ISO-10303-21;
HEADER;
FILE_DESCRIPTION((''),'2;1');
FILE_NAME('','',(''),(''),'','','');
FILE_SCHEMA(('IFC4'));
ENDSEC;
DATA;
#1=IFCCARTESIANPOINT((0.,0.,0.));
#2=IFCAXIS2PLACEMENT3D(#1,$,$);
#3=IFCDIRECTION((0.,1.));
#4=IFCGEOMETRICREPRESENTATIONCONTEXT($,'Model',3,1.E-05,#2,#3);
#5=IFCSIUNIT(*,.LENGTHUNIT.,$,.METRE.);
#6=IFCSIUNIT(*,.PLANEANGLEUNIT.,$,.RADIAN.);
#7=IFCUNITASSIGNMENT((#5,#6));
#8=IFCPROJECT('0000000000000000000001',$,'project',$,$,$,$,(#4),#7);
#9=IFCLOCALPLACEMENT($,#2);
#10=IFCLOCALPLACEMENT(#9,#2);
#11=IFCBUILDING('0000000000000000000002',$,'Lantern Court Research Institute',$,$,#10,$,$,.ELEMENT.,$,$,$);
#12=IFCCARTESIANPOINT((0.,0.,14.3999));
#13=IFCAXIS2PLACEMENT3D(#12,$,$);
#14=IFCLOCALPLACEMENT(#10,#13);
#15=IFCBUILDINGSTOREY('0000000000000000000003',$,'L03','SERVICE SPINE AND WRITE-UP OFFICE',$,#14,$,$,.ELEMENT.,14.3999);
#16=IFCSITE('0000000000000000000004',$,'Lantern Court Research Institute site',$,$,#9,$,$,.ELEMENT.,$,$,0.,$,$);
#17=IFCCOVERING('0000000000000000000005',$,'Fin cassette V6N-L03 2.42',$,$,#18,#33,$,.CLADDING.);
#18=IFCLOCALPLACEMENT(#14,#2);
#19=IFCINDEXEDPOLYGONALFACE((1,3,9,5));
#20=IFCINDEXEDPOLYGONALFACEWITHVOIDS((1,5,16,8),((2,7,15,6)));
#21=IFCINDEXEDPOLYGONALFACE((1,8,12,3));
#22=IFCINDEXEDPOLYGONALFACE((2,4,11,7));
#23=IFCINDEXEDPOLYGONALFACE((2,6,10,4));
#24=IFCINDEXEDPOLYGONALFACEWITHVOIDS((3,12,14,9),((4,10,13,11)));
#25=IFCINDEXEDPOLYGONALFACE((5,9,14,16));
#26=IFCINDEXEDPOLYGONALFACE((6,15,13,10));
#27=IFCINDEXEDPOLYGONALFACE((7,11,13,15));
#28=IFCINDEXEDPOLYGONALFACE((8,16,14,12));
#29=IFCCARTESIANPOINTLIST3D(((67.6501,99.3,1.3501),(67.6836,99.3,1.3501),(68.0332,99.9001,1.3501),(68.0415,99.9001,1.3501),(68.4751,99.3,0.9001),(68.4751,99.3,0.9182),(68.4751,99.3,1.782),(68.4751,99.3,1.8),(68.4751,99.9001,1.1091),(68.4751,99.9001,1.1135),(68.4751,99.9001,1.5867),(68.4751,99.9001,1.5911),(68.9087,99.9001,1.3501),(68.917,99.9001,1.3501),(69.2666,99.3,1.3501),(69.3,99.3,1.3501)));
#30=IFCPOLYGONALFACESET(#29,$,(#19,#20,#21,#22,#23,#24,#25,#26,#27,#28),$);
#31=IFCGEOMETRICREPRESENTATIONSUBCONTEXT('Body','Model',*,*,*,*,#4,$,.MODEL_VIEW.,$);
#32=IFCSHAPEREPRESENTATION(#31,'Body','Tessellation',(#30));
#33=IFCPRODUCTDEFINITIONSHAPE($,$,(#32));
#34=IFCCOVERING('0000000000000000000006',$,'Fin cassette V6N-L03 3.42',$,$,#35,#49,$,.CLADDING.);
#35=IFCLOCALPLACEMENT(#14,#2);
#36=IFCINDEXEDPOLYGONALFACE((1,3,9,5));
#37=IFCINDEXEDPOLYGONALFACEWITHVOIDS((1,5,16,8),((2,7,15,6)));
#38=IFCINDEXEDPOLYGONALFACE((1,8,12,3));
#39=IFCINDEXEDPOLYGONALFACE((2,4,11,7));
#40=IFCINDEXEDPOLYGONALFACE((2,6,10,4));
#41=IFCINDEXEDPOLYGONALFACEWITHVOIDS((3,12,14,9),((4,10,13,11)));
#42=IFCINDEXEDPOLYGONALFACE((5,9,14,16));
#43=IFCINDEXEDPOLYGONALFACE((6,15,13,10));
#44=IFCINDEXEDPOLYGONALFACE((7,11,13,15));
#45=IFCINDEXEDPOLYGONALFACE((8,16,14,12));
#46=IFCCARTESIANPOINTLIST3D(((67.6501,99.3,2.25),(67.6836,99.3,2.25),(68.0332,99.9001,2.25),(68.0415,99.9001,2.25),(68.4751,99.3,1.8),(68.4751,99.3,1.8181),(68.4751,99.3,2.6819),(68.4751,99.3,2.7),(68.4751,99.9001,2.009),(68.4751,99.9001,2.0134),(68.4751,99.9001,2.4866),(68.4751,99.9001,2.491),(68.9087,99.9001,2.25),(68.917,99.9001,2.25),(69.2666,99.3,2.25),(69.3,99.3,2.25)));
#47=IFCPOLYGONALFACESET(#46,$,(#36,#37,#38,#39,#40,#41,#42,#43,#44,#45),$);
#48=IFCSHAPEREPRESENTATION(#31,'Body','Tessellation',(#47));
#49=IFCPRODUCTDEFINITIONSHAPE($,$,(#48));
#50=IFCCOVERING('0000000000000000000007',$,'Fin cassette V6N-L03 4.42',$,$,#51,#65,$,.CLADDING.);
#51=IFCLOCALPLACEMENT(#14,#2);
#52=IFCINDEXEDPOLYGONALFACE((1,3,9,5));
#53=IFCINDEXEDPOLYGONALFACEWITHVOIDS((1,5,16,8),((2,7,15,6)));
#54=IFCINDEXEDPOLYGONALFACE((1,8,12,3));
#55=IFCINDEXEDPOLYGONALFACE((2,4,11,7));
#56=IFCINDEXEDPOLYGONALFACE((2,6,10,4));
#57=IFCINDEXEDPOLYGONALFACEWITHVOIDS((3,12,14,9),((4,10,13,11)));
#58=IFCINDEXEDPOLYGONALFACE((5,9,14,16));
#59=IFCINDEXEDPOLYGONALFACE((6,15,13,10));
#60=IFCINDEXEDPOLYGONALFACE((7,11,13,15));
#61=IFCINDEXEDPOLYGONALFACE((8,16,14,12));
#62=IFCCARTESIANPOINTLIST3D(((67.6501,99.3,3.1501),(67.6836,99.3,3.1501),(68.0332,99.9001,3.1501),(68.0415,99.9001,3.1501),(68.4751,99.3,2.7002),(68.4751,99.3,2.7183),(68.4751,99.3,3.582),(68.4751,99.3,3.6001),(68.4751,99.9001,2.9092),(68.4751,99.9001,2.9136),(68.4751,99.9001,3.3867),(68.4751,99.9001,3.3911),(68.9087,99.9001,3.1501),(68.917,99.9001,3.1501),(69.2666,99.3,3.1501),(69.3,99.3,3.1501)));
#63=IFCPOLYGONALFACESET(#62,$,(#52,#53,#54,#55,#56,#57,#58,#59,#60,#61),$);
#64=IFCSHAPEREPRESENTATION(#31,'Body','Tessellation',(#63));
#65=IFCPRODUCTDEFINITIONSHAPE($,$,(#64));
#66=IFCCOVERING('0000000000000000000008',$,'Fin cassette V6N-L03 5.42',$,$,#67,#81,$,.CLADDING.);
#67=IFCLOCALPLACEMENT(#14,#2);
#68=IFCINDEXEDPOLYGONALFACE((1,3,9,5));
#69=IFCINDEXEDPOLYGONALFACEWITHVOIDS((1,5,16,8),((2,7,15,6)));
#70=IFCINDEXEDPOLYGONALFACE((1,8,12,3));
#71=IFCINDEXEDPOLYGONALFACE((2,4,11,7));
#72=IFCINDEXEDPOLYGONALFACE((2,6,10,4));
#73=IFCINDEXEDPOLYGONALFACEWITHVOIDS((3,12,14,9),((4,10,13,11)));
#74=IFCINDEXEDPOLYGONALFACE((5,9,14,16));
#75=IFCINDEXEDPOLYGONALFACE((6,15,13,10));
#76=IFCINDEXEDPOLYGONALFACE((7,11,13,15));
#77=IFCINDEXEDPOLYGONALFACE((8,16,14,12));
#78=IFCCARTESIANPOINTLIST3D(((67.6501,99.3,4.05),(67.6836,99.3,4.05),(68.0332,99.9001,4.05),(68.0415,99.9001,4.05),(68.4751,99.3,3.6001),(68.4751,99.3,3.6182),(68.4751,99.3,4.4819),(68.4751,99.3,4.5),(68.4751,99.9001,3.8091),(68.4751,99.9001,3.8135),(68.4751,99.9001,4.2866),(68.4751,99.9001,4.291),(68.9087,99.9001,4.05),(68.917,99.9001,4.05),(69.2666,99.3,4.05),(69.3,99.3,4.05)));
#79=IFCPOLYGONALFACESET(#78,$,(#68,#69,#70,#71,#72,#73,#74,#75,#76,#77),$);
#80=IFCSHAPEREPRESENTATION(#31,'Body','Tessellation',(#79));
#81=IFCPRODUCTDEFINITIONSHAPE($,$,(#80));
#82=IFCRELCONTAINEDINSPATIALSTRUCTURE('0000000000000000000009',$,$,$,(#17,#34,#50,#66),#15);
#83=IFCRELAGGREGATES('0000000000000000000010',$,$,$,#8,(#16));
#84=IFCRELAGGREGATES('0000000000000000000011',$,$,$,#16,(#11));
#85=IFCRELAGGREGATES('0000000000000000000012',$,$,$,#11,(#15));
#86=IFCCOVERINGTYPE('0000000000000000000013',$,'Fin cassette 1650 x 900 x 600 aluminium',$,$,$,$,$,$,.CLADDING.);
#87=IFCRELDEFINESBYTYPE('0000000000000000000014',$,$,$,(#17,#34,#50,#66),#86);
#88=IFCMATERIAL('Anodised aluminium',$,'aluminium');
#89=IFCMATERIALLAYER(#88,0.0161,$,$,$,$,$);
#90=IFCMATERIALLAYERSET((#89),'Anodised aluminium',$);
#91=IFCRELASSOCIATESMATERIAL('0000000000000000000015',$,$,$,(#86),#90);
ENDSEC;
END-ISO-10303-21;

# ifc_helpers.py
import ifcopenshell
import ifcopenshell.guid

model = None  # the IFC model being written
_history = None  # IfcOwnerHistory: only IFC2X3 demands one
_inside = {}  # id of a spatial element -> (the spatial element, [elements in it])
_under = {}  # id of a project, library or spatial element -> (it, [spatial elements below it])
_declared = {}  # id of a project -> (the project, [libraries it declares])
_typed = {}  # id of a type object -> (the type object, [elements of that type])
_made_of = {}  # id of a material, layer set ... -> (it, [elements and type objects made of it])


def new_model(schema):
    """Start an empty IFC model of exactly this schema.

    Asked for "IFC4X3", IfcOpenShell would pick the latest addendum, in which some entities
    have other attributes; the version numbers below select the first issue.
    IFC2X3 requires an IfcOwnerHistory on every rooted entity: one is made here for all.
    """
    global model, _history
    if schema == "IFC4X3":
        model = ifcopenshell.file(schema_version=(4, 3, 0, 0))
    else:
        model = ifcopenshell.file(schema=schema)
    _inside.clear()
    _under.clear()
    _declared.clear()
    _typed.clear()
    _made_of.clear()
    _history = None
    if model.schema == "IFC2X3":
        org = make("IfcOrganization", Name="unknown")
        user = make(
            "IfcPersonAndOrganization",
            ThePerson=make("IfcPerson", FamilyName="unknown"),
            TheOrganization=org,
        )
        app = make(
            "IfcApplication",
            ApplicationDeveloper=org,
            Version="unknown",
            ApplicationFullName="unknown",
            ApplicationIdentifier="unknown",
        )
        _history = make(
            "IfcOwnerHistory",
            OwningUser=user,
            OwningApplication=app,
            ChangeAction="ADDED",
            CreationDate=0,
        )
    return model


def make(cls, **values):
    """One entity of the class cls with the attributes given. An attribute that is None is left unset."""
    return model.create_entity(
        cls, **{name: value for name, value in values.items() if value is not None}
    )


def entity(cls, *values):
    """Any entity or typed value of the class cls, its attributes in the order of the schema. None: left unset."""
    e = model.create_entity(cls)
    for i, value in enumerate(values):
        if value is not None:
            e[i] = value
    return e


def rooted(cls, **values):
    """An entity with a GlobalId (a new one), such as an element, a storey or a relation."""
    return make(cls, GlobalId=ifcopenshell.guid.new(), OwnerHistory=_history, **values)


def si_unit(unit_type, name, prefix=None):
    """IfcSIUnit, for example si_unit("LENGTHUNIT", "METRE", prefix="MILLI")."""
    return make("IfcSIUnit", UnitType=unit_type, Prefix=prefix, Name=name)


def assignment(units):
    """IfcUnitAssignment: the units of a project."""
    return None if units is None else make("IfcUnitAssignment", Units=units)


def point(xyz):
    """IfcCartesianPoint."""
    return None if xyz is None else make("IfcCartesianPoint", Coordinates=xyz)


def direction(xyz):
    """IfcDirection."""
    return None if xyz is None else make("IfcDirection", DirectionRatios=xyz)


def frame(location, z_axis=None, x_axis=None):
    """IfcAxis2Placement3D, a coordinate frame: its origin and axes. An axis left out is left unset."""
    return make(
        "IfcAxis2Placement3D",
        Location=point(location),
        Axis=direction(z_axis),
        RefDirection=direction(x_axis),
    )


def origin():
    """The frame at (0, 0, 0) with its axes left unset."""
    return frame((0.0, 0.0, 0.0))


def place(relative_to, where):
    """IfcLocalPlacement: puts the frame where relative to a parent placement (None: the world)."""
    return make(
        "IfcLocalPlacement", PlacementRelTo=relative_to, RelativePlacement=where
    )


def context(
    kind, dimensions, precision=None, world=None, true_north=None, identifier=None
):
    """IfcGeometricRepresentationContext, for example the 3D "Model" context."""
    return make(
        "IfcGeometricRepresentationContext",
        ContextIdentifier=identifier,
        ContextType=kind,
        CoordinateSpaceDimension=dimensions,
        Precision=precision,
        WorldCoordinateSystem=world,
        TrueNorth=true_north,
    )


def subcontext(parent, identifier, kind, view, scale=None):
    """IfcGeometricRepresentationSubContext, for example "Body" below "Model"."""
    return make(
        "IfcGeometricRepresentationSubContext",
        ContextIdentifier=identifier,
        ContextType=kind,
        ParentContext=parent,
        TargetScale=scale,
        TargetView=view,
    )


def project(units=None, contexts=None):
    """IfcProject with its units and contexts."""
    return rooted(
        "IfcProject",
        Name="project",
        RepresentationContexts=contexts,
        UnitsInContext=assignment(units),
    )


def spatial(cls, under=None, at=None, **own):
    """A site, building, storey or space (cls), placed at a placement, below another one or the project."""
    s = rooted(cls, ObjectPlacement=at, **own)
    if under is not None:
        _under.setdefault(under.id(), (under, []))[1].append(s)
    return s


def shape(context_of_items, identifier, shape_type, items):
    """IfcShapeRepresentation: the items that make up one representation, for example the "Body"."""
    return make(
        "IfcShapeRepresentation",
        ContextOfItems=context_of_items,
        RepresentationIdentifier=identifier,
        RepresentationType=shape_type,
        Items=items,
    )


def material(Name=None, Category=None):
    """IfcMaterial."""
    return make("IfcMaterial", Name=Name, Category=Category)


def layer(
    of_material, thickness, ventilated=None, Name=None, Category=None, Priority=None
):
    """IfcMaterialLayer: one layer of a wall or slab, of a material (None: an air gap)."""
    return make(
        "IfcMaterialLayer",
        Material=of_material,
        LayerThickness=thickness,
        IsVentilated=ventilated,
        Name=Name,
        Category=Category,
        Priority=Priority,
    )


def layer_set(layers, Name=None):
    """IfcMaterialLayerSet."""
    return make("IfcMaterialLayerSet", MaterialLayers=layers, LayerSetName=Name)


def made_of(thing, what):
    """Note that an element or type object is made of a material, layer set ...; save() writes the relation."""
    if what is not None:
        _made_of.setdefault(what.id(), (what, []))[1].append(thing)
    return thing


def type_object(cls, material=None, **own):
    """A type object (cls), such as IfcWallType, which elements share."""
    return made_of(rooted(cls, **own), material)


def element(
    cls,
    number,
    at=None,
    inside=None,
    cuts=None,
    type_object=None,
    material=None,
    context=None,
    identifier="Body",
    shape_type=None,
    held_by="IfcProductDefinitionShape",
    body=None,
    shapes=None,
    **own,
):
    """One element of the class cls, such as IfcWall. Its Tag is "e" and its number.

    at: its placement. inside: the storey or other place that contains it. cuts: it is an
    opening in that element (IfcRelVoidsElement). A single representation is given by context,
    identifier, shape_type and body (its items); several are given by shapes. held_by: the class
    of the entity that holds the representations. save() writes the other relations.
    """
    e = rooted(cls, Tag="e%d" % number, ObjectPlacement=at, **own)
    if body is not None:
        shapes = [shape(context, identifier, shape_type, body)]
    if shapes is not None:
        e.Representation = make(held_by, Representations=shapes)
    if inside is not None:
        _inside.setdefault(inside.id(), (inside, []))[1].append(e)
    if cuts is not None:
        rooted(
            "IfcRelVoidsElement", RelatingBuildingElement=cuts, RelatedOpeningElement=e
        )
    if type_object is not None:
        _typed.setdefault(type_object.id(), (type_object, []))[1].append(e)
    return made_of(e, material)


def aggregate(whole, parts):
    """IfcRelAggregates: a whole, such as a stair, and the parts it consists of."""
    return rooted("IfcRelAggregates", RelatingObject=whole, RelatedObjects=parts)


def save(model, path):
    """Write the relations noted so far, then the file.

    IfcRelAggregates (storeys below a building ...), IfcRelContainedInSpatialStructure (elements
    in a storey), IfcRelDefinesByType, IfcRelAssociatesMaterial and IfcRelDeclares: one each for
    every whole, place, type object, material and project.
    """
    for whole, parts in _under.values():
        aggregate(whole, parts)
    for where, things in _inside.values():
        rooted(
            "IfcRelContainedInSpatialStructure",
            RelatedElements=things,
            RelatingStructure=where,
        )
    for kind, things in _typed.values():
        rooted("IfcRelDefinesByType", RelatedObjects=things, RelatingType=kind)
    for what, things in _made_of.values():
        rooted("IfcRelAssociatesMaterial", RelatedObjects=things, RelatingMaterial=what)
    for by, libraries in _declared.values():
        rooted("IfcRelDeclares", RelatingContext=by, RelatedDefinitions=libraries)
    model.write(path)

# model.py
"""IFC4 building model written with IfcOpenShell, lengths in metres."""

from ifc_helpers import new_model, entity, si_unit, direction, frame, origin, place, context, subcontext, project, spatial, material, layer, layer_set, type_object, element, save


model = new_model("IFC4")

# Units and contexts
model_context = context("Model", 3, precision=1e-05, world=origin(), true_north=direction((0.0, 1.0)))
body_context = subcontext(model_context, "Body", "Model", "MODEL_VIEW")
ifc_project = project(units=[si_unit("LENGTHUNIT", "METRE"), si_unit("PLANEANGLEUNIT", "RADIAN")], contexts=[model_context])

# Site, building, storey
site_placement = place(None, origin())
site = spatial("IfcSite", under=ifc_project, at=site_placement, Name="Lantern Court Research Institute site", CompositionType="ELEMENT", RefElevation=0.0)
building_placement = place(site_placement, origin())
building = spatial("IfcBuilding", under=site, at=building_placement, Name="Lantern Court Research Institute", CompositionType="ELEMENT")
storey_placement = place(building_placement, frame((0.0, 0.0, 14.3999)))
storey = spatial("IfcBuildingStorey", under=building, at=storey_placement, Name="L03", Description="SERVICE SPINE AND WRITE-UP OFFICE", CompositionType="ELEMENT", Elevation=14.3999)

# Coverings
ifc_material_1 = material(Name="Anodised aluminium", Category="aluminium")
ifc_layer_1 = layer(ifc_material_1, 0.0161)
ifc_layer_set_1 = layer_set([ifc_layer_1], Name="Anodised aluminium")
covering_type_1 = type_object("IfcCoveringType", Name="Fin cassette 1650 x 900 x 600 aluminium", PredefinedType="CLADDING", material=ifc_layer_set_1)
covering_1_placement = place(storey_placement, frame((68.4751, 99.3, 1.3501), z_axis=(0.0, 1.0, 0.0), x_axis=(-1.0, 0.0, 0.0)))
cartesian_point_1 = entity("IfcCartesianPoint", [0.825, 0.0])
cartesian_point_2 = entity("IfcCartesianPoint", [0.7915, 0.0])
cartesian_point_3 = entity("IfcCartesianPoint", [0.4419, 0.0])
cartesian_point_4 = entity("IfcCartesianPoint", [0.4336, 0.0])
element("IfcCovering", 1, at=covering_1_placement, inside=storey, type_object=covering_type_1, Name="Fin cassette V6N-L03 2.42", PredefinedType="CLADDING", context=body_context, shape_type="SweptSolid", body=[
    entity("IfcExtrudedAreaSolidTapered", entity("IfcArbitraryProfileDefWithVoids", "AREA", None, entity("IfcPolyline", [cartesian_point_1, entity("IfcCartesianPoint", [0.0, 0.45]), entity("IfcCartesianPoint", [-0.825, 0.0]), entity("IfcCartesianPoint", [0.0, -0.45]), cartesian_point_1]), [entity("IfcPolyline", [cartesian_point_2, entity("IfcCartesianPoint", [0.0, 0.4319]), entity("IfcCartesianPoint", [-0.7915, 0.0]), entity("IfcCartesianPoint", [0.0, -0.4319]), cartesian_point_2])]), entity("IfcAxis2Placement3D", entity("IfcCartesianPoint", [0.0, 0.0, 0.0])), entity("IfcDirection", [0.0, 0.0, 1.0]), 0.6001, entity("IfcArbitraryProfileDefWithVoids", "AREA", None, entity("IfcPolyline", [cartesian_point_3, entity("IfcCartesianPoint", [0.0, 0.241]), entity("IfcCartesianPoint", [-0.4419, 0.0]), entity("IfcCartesianPoint", [0.0, -0.241]), cartesian_point_3]), [entity("IfcPolyline", [cartesian_point_4, entity("IfcCartesianPoint", [0.0, 0.2366]), entity("IfcCartesianPoint", [-0.4336, 0.0]), entity("IfcCartesianPoint", [0.0, -0.2366]), cartesian_point_4])])),
])
covering_2_placement = place(storey_placement, frame((68.4751, 99.3, 2.25), z_axis=(0.0, 1.0, 0.0), x_axis=(-1.0, 0.0, 0.0)))
cartesian_point_5 = entity("IfcCartesianPoint", [0.825, 0.0])
cartesian_point_6 = entity("IfcCartesianPoint", [0.7915, 0.0])
cartesian_point_7 = entity("IfcCartesianPoint", [0.4419, 0.0])
cartesian_point_8 = entity("IfcCartesianPoint", [0.4336, 0.0])
element("IfcCovering", 2, at=covering_2_placement, inside=storey, type_object=covering_type_1, Name="Fin cassette V6N-L03 3.42", PredefinedType="CLADDING", context=body_context, shape_type="SweptSolid", body=[
    entity("IfcExtrudedAreaSolidTapered", entity("IfcArbitraryProfileDefWithVoids", "AREA", None, entity("IfcPolyline", [cartesian_point_5, entity("IfcCartesianPoint", [0.0, 0.45]), entity("IfcCartesianPoint", [-0.825, 0.0]), entity("IfcCartesianPoint", [0.0, -0.45]), cartesian_point_5]), [entity("IfcPolyline", [cartesian_point_6, entity("IfcCartesianPoint", [0.0, 0.4319]), entity("IfcCartesianPoint", [-0.7915, 0.0]), entity("IfcCartesianPoint", [0.0, -0.4319]), cartesian_point_6])]), entity("IfcAxis2Placement3D", entity("IfcCartesianPoint", [0.0, 0.0, 0.0])), entity("IfcDirection", [0.0, 0.0, 1.0]), 0.6001, entity("IfcArbitraryProfileDefWithVoids", "AREA", None, entity("IfcPolyline", [cartesian_point_7, entity("IfcCartesianPoint", [0.0, 0.241]), entity("IfcCartesianPoint", [-0.4419, 0.0]), entity("IfcCartesianPoint", [0.0, -0.241]), cartesian_point_7]), [entity("IfcPolyline", [cartesian_point_8, entity("IfcCartesianPoint", [0.0, 0.2366]), entity("IfcCartesianPoint", [-0.4336, 0.0]), entity("IfcCartesianPoint", [0.0, -0.2366]), cartesian_point_8])])),
])
covering_3_placement = place(storey_placement, frame((68.4751, 99.3, 3.1501), z_axis=(0.0, 1.0, 0.0), x_axis=(-1.0, 0.0, 0.0)))
cartesian_point_9 = entity("IfcCartesianPoint", [0.825, 0.0])
cartesian_point_10 = entity("IfcCartesianPoint", [0.7915, 0.0])
cartesian_point_11 = entity("IfcCartesianPoint", [0.4419, 0.0])
cartesian_point_12 = entity("IfcCartesianPoint", [0.4336, 0.0])
element("IfcCovering", 3, at=covering_3_placement, inside=storey, type_object=covering_type_1, Name="Fin cassette V6N-L03 4.42", PredefinedType="CLADDING", context=body_context, shape_type="SweptSolid", body=[
    entity("IfcExtrudedAreaSolidTapered", entity("IfcArbitraryProfileDefWithVoids", "AREA", None, entity("IfcPolyline", [cartesian_point_9, entity("IfcCartesianPoint", [0.0, 0.45]), entity("IfcCartesianPoint", [-0.825, 0.0]), entity("IfcCartesianPoint", [0.0, -0.45]), cartesian_point_9]), [entity("IfcPolyline", [cartesian_point_10, entity("IfcCartesianPoint", [0.0, 0.4319]), entity("IfcCartesianPoint", [-0.7915, 0.0]), entity("IfcCartesianPoint", [0.0, -0.4319]), cartesian_point_10])]), entity("IfcAxis2Placement3D", entity("IfcCartesianPoint", [0.0, 0.0, 0.0])), entity("IfcDirection", [0.0, 0.0, 1.0]), 0.6001, entity("IfcArbitraryProfileDefWithVoids", "AREA", None, entity("IfcPolyline", [cartesian_point_11, entity("IfcCartesianPoint", [0.0, 0.241]), entity("IfcCartesianPoint", [-0.4419, 0.0]), entity("IfcCartesianPoint", [0.0, -0.241]), cartesian_point_11]), [entity("IfcPolyline", [cartesian_point_12, entity("IfcCartesianPoint", [0.0, 0.2366]), entity("IfcCartesianPoint", [-0.4336, 0.0]), entity("IfcCartesianPoint", [0.0, -0.2366]), cartesian_point_12])])),
])
covering_4_placement = place(storey_placement, frame((68.4751, 99.3, 4.05), z_axis=(0.0, 1.0, 0.0), x_axis=(-1.0, 0.0, 0.0)))
cartesian_point_13 = entity("IfcCartesianPoint", [0.825, 0.0])
cartesian_point_14 = entity("IfcCartesianPoint", [0.7915, 0.0])
cartesian_point_15 = entity("IfcCartesianPoint", [0.4419, 0.0])
cartesian_point_16 = entity("IfcCartesianPoint", [0.4336, 0.0])
element("IfcCovering", 4, at=covering_4_placement, inside=storey, type_object=covering_type_1, Name="Fin cassette V6N-L03 5.42", PredefinedType="CLADDING", context=body_context, shape_type="SweptSolid", body=[
    entity("IfcExtrudedAreaSolidTapered", entity("IfcArbitraryProfileDefWithVoids", "AREA", None, entity("IfcPolyline", [cartesian_point_13, entity("IfcCartesianPoint", [0.0, 0.45]), entity("IfcCartesianPoint", [-0.825, 0.0]), entity("IfcCartesianPoint", [0.0, -0.45]), cartesian_point_13]), [entity("IfcPolyline", [cartesian_point_14, entity("IfcCartesianPoint", [0.0, 0.4319]), entity("IfcCartesianPoint", [-0.7915, 0.0]), entity("IfcCartesianPoint", [0.0, -0.4319]), cartesian_point_14])]), entity("IfcAxis2Placement3D", entity("IfcCartesianPoint", [0.0, 0.0, 0.0])), entity("IfcDirection", [0.0, 0.0, 1.0]), 0.6001, entity("IfcArbitraryProfileDefWithVoids", "AREA", None, entity("IfcPolyline", [cartesian_point_15, entity("IfcCartesianPoint", [0.0, 0.241]), entity("IfcCartesianPoint", [-0.4419, 0.0]), entity("IfcCartesianPoint", [0.0, -0.241]), cartesian_point_15]), [entity("IfcPolyline", [cartesian_point_16, entity("IfcCartesianPoint", [0.0, 0.2366]), entity("IfcCartesianPoint", [-0.4336, 0.0]), entity("IfcCartesianPoint", [0.0, -0.2366]), cartesian_point_16])])),
])

save(model, "model.ifc")
